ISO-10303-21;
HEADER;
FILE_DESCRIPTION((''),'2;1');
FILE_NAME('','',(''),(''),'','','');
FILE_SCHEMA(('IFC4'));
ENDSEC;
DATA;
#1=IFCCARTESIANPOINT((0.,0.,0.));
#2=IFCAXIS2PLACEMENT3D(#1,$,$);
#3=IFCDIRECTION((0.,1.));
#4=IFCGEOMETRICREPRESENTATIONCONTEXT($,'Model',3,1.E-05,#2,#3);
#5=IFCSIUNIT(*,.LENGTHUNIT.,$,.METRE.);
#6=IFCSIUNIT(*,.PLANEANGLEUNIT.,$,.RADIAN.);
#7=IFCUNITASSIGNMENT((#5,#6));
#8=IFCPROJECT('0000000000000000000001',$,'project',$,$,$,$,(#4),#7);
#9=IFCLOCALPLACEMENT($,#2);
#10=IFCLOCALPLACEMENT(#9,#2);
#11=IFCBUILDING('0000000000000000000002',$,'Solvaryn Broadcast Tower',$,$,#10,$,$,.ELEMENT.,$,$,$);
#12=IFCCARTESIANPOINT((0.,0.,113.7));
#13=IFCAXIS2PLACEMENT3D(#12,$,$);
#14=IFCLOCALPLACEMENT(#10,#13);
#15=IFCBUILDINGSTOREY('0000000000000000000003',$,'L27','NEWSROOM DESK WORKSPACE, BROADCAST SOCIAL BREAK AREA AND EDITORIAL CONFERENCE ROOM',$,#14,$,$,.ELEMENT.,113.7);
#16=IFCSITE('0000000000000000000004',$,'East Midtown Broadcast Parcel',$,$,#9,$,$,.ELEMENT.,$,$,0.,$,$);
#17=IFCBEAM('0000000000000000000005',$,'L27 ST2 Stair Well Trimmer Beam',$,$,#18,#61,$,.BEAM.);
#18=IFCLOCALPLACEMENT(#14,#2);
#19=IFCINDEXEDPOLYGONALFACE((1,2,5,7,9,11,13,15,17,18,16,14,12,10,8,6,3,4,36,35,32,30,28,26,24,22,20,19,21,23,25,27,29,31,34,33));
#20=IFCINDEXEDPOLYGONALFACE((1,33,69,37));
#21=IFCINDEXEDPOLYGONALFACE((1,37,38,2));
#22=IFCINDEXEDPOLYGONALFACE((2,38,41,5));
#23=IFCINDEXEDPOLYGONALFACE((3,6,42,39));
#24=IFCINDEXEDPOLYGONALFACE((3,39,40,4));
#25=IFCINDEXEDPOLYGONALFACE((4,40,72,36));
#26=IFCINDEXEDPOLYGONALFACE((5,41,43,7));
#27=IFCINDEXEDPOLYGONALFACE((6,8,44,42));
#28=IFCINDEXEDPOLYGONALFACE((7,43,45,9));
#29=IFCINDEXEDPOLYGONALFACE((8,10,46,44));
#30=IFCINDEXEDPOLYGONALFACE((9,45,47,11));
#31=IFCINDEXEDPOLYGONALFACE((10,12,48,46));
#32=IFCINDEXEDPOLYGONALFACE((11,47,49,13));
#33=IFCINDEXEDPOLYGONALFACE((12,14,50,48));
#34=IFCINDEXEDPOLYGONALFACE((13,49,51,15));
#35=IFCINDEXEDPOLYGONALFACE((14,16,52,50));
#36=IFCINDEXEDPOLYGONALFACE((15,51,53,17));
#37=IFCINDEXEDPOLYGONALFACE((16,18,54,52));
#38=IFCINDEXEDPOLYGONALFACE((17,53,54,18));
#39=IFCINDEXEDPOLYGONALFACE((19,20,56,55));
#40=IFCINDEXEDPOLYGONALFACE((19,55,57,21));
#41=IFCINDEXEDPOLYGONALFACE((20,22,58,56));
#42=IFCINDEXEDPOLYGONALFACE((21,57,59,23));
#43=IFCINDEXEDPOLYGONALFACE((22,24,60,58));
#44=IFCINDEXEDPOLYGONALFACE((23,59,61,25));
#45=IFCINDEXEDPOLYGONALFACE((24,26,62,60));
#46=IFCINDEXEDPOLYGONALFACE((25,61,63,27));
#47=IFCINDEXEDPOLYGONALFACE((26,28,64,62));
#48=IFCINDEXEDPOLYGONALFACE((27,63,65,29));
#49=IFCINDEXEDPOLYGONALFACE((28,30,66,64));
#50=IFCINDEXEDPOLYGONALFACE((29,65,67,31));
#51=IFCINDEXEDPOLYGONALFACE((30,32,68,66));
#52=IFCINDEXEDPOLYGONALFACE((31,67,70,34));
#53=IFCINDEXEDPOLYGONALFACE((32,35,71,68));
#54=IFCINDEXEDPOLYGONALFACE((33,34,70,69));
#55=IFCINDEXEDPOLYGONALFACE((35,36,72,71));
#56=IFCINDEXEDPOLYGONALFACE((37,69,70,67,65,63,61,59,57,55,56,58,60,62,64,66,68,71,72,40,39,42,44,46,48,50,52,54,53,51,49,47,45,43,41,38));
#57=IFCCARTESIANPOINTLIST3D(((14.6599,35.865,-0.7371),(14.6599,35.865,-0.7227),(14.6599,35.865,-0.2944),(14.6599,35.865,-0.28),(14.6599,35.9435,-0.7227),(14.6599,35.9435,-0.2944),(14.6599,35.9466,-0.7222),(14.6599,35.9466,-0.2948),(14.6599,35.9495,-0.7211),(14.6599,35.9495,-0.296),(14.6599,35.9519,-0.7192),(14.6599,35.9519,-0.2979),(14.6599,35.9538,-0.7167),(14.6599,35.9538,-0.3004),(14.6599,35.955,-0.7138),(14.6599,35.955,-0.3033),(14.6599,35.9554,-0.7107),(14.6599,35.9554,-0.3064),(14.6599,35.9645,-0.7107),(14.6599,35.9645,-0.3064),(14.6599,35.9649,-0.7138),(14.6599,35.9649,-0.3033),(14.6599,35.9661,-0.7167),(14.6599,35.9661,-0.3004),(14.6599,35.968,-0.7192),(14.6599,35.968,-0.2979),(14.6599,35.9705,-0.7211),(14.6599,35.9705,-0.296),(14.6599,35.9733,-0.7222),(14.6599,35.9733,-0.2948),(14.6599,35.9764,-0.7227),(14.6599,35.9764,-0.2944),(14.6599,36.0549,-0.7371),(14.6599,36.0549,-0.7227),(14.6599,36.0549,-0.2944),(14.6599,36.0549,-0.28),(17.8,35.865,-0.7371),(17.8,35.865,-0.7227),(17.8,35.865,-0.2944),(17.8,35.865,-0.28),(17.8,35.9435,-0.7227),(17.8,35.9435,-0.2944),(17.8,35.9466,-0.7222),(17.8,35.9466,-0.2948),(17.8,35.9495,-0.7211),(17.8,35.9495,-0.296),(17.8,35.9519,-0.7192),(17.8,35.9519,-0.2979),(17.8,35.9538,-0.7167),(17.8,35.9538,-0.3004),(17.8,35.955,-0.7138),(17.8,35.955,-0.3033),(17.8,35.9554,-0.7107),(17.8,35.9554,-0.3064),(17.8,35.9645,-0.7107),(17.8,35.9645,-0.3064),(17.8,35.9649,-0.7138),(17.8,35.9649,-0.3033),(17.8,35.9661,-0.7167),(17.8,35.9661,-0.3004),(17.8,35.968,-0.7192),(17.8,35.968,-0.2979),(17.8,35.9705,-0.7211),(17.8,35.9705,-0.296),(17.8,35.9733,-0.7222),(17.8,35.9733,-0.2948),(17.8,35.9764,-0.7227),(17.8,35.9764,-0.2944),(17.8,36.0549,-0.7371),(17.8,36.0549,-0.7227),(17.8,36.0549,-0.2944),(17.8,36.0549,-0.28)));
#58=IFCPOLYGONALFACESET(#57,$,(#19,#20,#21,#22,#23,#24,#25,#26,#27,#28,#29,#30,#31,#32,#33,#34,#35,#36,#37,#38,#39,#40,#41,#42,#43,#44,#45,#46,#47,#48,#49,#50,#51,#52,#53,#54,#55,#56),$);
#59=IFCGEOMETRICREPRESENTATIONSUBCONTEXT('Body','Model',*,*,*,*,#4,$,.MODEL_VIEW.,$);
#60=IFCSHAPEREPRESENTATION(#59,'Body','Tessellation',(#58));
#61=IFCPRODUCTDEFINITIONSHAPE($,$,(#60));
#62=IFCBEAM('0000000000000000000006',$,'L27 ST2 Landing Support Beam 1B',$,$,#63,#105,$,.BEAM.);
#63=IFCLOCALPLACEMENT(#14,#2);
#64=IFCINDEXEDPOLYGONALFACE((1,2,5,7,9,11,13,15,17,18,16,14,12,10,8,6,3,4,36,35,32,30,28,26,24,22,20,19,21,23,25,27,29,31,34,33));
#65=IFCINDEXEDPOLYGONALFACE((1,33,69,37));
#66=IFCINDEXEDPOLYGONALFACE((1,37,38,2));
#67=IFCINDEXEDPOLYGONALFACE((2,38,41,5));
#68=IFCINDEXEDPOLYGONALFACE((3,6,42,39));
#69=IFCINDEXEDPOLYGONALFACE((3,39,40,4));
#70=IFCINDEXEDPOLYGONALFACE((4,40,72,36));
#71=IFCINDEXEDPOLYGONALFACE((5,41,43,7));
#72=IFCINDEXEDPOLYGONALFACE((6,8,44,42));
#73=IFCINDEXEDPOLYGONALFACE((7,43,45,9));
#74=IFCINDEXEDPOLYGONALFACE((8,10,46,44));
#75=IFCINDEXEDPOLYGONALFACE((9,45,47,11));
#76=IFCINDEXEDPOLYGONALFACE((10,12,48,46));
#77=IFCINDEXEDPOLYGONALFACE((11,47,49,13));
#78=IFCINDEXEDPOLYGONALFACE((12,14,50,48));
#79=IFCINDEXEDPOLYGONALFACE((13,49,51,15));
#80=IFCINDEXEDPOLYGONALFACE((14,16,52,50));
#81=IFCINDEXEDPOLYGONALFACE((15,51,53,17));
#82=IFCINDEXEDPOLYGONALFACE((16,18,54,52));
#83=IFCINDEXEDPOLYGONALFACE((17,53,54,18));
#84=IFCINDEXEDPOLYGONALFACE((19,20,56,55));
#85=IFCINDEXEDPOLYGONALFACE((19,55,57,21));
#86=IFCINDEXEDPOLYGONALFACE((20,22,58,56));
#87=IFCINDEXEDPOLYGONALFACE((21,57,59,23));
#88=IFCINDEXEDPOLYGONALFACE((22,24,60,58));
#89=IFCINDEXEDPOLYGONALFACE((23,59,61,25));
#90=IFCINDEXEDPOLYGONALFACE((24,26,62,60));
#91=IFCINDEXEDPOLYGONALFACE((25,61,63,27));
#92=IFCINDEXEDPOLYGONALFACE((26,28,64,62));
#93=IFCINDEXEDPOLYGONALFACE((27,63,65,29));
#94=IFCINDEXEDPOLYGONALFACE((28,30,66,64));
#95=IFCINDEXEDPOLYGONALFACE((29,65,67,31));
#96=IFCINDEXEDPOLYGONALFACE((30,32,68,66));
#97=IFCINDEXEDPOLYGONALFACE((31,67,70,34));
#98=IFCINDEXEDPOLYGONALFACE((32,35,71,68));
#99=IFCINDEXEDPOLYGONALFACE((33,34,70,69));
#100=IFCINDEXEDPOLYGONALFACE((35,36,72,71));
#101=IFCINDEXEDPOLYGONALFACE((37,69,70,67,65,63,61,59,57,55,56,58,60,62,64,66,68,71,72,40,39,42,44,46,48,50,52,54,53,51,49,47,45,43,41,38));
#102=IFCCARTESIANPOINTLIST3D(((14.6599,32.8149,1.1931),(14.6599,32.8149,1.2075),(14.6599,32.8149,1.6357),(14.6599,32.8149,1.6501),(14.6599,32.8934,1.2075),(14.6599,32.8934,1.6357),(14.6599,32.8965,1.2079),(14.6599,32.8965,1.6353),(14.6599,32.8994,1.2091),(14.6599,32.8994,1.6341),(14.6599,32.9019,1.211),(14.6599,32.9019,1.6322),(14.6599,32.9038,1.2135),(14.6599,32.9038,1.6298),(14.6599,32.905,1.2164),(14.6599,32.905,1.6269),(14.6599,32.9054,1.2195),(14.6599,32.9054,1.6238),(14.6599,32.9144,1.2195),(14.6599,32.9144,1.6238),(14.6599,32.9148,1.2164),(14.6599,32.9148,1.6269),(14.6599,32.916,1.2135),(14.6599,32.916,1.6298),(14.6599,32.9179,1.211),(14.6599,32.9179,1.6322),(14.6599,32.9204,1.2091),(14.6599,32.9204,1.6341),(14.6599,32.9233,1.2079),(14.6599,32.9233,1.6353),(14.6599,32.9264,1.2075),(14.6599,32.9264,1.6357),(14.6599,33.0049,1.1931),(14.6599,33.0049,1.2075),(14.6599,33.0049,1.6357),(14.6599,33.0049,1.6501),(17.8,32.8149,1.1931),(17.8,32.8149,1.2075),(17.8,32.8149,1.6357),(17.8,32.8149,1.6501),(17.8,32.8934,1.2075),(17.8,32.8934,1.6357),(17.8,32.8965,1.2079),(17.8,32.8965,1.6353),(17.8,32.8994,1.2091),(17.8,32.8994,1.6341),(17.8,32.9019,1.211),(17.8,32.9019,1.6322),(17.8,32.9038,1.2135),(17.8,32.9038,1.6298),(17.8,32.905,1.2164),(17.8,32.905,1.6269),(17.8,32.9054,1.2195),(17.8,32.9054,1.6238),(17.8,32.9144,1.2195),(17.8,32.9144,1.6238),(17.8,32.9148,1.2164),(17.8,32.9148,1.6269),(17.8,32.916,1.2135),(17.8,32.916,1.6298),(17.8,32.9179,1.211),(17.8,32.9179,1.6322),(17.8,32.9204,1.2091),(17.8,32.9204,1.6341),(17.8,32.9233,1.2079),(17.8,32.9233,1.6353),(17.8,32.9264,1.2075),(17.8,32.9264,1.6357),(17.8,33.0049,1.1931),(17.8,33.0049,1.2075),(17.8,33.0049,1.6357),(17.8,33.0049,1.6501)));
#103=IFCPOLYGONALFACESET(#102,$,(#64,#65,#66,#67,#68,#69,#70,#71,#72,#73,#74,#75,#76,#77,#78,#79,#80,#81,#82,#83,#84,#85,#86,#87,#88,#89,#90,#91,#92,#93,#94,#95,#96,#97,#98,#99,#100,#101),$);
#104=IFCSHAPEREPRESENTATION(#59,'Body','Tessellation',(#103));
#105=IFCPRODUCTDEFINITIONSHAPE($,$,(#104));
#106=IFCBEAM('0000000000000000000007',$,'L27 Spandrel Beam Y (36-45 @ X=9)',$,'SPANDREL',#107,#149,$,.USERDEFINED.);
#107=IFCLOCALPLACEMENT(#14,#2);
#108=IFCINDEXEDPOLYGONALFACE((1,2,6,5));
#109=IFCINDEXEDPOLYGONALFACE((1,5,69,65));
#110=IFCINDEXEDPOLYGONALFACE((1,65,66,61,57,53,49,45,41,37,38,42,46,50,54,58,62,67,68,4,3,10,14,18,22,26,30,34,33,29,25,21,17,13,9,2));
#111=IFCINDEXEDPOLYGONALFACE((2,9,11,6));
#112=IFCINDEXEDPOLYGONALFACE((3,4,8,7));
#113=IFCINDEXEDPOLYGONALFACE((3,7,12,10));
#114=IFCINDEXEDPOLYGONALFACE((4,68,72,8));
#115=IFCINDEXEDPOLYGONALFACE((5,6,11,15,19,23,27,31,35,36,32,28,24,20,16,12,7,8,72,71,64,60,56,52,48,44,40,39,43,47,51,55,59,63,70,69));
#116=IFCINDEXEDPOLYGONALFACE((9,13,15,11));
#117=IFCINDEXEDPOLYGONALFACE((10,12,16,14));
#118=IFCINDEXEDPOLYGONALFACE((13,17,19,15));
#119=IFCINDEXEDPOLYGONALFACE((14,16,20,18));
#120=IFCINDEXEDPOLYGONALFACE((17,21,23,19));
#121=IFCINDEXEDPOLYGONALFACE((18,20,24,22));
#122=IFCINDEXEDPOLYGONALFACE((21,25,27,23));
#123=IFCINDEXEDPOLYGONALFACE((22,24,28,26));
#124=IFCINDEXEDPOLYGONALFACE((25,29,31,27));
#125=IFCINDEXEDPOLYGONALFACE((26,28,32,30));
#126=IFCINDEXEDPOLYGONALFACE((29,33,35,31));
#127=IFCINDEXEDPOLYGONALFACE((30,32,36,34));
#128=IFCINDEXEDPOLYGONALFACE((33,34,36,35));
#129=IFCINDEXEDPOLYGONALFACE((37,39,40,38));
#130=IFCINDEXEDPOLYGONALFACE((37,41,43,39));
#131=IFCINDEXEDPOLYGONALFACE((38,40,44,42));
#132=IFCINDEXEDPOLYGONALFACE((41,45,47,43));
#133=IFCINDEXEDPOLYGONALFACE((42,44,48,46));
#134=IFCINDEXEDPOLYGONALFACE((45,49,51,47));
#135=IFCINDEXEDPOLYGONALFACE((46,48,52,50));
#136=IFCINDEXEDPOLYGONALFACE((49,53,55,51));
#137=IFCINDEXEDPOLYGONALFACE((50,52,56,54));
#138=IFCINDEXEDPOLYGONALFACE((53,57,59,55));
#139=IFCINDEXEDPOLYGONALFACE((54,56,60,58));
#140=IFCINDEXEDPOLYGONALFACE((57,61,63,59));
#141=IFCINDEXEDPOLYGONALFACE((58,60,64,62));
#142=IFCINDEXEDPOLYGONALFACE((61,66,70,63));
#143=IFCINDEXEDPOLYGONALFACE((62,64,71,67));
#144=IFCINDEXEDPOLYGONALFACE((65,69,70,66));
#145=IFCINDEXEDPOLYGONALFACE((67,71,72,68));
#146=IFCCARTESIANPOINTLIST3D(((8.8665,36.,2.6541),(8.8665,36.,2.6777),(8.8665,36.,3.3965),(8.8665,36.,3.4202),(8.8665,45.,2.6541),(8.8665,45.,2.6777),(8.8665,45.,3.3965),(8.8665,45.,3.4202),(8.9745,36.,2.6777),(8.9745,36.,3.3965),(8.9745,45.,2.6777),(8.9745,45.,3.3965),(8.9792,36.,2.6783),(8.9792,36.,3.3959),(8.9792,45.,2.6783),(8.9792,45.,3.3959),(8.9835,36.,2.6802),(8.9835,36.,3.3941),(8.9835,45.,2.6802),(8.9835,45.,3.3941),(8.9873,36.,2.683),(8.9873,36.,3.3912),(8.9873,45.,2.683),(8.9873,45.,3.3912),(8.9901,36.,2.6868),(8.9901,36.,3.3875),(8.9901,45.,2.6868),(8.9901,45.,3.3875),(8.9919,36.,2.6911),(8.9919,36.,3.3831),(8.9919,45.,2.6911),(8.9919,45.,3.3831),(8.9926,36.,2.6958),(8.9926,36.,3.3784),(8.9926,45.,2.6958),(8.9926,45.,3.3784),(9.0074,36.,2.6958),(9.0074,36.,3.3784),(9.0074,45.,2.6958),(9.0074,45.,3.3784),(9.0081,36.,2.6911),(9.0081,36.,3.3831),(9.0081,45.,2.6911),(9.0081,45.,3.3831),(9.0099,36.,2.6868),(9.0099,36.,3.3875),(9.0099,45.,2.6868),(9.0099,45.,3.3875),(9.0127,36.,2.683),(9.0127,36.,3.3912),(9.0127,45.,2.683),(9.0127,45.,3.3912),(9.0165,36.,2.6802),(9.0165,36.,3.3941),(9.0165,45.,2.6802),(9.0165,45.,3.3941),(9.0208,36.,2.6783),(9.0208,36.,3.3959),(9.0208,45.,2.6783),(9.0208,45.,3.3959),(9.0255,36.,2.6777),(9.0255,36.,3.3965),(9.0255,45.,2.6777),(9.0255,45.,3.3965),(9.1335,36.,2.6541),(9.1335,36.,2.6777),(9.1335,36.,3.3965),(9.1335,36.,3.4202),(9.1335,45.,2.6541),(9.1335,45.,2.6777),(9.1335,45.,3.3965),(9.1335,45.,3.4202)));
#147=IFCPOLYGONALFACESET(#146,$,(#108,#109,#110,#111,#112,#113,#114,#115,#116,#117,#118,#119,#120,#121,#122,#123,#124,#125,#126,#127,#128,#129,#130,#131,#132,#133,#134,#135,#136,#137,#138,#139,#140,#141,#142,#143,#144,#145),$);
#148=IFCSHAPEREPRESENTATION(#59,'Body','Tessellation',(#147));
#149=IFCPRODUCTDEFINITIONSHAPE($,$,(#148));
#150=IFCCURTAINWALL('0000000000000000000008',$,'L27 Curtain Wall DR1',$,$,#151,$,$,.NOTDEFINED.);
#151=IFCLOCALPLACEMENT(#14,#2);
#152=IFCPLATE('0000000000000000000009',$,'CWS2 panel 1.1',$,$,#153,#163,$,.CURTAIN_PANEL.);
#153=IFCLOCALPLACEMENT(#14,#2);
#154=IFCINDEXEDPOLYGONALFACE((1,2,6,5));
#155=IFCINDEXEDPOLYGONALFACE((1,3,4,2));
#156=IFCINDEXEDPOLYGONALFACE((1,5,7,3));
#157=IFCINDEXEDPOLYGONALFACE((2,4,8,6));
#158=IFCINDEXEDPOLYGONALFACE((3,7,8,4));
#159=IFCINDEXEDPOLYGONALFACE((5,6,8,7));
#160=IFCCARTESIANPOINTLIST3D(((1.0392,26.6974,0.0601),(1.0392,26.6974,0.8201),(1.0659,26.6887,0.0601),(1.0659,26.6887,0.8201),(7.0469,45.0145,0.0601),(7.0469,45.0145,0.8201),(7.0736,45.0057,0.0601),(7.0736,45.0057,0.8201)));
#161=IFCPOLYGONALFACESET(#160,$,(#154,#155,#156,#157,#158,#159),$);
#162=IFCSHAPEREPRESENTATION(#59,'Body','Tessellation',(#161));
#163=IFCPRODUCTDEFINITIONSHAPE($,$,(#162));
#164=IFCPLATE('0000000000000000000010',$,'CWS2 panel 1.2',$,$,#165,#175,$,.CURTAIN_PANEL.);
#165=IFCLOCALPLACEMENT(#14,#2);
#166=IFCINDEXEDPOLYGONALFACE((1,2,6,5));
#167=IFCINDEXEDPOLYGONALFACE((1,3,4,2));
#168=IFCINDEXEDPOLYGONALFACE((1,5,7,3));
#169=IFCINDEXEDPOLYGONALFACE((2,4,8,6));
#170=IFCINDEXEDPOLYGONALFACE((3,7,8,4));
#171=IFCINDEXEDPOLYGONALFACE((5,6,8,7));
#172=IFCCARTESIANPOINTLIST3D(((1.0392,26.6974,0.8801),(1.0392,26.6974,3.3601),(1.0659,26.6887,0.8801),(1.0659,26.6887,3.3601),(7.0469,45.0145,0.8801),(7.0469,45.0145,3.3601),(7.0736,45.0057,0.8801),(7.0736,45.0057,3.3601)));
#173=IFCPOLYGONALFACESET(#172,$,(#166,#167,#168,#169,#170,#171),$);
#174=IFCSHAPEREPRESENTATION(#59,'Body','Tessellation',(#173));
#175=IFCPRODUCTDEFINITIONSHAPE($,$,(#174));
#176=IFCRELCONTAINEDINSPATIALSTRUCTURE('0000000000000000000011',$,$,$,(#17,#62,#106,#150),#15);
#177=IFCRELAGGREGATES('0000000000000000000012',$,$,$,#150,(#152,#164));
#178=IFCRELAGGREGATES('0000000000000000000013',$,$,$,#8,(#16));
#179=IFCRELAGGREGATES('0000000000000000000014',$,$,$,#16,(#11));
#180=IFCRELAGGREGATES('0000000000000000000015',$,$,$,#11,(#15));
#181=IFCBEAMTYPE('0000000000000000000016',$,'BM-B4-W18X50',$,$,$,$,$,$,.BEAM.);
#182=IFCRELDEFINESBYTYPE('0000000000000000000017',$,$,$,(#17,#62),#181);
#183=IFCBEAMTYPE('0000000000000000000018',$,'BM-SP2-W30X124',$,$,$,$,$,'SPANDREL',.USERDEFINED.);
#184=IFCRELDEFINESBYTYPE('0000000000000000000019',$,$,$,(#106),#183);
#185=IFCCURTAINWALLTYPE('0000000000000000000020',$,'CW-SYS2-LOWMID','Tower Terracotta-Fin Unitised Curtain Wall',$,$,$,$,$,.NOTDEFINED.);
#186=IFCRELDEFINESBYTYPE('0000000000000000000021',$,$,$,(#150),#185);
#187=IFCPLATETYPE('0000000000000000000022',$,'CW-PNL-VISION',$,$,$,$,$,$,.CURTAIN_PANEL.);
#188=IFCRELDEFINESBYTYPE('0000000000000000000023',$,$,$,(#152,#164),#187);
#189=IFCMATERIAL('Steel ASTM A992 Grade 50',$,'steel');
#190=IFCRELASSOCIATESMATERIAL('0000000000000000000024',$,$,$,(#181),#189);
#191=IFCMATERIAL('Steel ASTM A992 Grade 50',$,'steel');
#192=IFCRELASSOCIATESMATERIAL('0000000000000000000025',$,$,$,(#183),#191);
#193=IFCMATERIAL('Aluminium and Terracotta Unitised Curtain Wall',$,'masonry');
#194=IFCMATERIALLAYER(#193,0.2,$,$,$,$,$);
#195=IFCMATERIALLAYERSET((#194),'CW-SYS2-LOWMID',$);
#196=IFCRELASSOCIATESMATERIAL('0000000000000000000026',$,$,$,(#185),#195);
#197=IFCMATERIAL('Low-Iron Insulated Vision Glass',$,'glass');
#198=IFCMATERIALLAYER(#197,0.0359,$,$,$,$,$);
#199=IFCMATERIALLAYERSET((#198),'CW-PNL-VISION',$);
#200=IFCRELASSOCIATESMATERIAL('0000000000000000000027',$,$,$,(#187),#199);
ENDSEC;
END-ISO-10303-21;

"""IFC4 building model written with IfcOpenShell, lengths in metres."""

from ifc_helpers import new_model, si_unit, direction, frame, origin, origin_2d, place, context, subcontext, project, spatial, rectangle, i_section, extrude, material, layer, layer_set, material_profile, profile_set, type_object, element, aggregate, save


model = new_model("IFC4")

# Units and contexts
model_context = context("Model", 3, precision=1e-05, world=origin(), true_north=direction((0.0, 1.0)))
body_context = subcontext(model_context, "Body", "Model", "MODEL_VIEW")
ifc_project = project(units=[si_unit("LENGTHUNIT", "METRE"), si_unit("PLANEANGLEUNIT", "RADIAN")], contexts=[model_context])

# Site, building, storey
site_placement = place(None, origin())
site = spatial("IfcSite", under=ifc_project, at=site_placement, Name="East Midtown Broadcast Parcel", CompositionType="ELEMENT", RefElevation=0.0)
building_placement = place(site_placement, origin())
building = spatial("IfcBuilding", under=site, at=building_placement, Name="Solvaryn Broadcast Tower", CompositionType="ELEMENT")
storey_placement = place(building_placement, frame((0.0, 0.0, 113.7)))
storey = spatial("IfcBuildingStorey", under=building, at=storey_placement, Name="L27", Description="NEWSROOM DESK WORKSPACE, BROADCAST SOCIAL BREAK AREA AND EDITORIAL CONFERENCE ROOM", CompositionType="ELEMENT", Elevation=113.7)

# Beams
ifc_material_1 = material(Name="Steel ASTM A992 Grade 50", Category="steel")
ifc_material_profile_1 = material_profile(ifc_material_1, i_section(OverallWidth=0.1899, OverallDepth=0.457, WebThickness=0.009, FlangeThickness=0.0144, FilletRadius=0.012, at=origin_2d()))
ifc_profile_set_1 = profile_set([ifc_material_profile_1], Name="Steel ASTM A992 Grade 50")
beam_type_1 = type_object("IfcBeamType", Name="BM-B4-W18X50", PredefinedType="BEAM", material=ifc_profile_set_1)
for number, where, z_axis, x_axis, name in (
    (1, (14.6599, 35.96, -0.5085), (1.0, 0.0, 0.0), (0.0, 1.0, 0.0), "L27 ST2 Stair Well Trimmer Beam"),
    (2, (14.6599, 32.9099, 1.4216), (1.0, 0.0, 0.0), (0.0, 1.0, 0.0), "L27 ST2 Landing Support Beam 1B"),
):
    element("IfcBeam", number, at=place(storey_placement, frame(where, z_axis=z_axis, x_axis=x_axis)), inside=storey, type_object=beam_type_1, Name=name, PredefinedType="BEAM", context=body_context, shape_type="SweptSolid", body=[
        extrude(i_section(OverallWidth=0.1899, OverallDepth=0.457, WebThickness=0.009, FlangeThickness=0.0144, FilletRadius=0.012, at=origin_2d()), origin(), (0.0, 0.0, 1.0), 3.1401),
    ])
ifc_material_2 = material(Name="Steel ASTM A992 Grade 50", Category="steel")
ifc_material_profile_2 = material_profile(ifc_material_2, i_section(OverallWidth=0.2671, OverallDepth=0.7661, WebThickness=0.0149, FlangeThickness=0.0237, FilletRadius=0.0181, at=origin_2d()))
ifc_profile_set_2 = profile_set([ifc_material_profile_2], Name="Steel ASTM A992 Grade 50")
beam_type_2 = type_object("IfcBeamType", Name="BM-SP2-W30X124", ElementType="SPANDREL", PredefinedType="USERDEFINED", material=ifc_profile_set_2)
beam_1_placement = place(storey_placement, frame((9.0, 36.0, 3.0371), z_axis=(0.0, 1.0, 0.0), x_axis=(-1.0, 0.0, 0.0)))
element("IfcBeam", 3, at=beam_1_placement, inside=storey, type_object=beam_type_2, Name="L27 Spandrel Beam Y (36-45 @ X=9)", ObjectType="SPANDREL", PredefinedType="USERDEFINED", context=body_context, shape_type="SweptSolid", body=[
    extrude(i_section(OverallWidth=0.2671, OverallDepth=0.7661, WebThickness=0.0149, FlangeThickness=0.0237, FilletRadius=0.0181, at=origin_2d()), origin(), (0.0, 0.0, 1.0), 9.0),
])

# Curtain wall, plates
ifc_material_3 = material(Name="Aluminium and Terracotta Unitised Curtain Wall", Category="masonry")
ifc_layer_1 = layer(ifc_material_3, 0.2)
ifc_layer_set_1 = layer_set([ifc_layer_1], Name="CW-SYS2-LOWMID")
curtain_wall_type = type_object("IfcCurtainWallType", Name="CW-SYS2-LOWMID", Description="Tower Terracotta-Fin Unitised Curtain Wall", PredefinedType="NOTDEFINED", material=ifc_layer_set_1)
curtain_wall_placement = place(storey_placement, origin())
curtain_wall = element("IfcCurtainWall", 4, at=curtain_wall_placement, inside=storey, type_object=curtain_wall_type, Name="L27 Curtain Wall DR1", PredefinedType="NOTDEFINED")
ifc_material_4 = material(Name="Low-Iron Insulated Vision Glass", Category="glass")
ifc_layer_2 = layer(ifc_material_4, 0.0359)
ifc_layer_set_2 = layer_set([ifc_layer_2], Name="CW-PNL-VISION")
plate_type = type_object("IfcPlateType", Name="CW-PNL-VISION", PredefinedType="CURTAIN_PANEL", material=ifc_layer_set_2)
plate_1_placement = place(storey_placement, frame((4.0564, 35.8516, 0.0601), z_axis=(0.0, 0.0, 1.0), x_axis=(-0.311646, -0.950198, 0.0)))
plate_1 = element("IfcPlate", 5, at=plate_1_placement, type_object=plate_type, Name="CWS2 panel 1.1", PredefinedType="CURTAIN_PANEL", context=body_context, shape_type="SweptSolid", body=[
    extrude(rectangle(XDim=19.2771, YDim=0.0281, at=origin_2d()), origin(), (0.0, 0.0, 1.0), 0.76),
])
plate_2_placement = place(storey_placement, frame((4.0564, 35.8516, 0.8801), z_axis=(0.0, 0.0, 1.0), x_axis=(-0.311646, -0.950198, 0.0)))
plate_2 = element("IfcPlate", 6, at=plate_2_placement, type_object=plate_type, Name="CWS2 panel 1.2", PredefinedType="CURTAIN_PANEL", context=body_context, shape_type="SweptSolid", body=[
    extrude(rectangle(XDim=19.2771, YDim=0.0281, at=origin_2d()), origin(), (0.0, 0.0, 1.0), 2.48),
])
aggregate(curtain_wall, [plate_1, plate_2])

save(model, "model.ifc")
